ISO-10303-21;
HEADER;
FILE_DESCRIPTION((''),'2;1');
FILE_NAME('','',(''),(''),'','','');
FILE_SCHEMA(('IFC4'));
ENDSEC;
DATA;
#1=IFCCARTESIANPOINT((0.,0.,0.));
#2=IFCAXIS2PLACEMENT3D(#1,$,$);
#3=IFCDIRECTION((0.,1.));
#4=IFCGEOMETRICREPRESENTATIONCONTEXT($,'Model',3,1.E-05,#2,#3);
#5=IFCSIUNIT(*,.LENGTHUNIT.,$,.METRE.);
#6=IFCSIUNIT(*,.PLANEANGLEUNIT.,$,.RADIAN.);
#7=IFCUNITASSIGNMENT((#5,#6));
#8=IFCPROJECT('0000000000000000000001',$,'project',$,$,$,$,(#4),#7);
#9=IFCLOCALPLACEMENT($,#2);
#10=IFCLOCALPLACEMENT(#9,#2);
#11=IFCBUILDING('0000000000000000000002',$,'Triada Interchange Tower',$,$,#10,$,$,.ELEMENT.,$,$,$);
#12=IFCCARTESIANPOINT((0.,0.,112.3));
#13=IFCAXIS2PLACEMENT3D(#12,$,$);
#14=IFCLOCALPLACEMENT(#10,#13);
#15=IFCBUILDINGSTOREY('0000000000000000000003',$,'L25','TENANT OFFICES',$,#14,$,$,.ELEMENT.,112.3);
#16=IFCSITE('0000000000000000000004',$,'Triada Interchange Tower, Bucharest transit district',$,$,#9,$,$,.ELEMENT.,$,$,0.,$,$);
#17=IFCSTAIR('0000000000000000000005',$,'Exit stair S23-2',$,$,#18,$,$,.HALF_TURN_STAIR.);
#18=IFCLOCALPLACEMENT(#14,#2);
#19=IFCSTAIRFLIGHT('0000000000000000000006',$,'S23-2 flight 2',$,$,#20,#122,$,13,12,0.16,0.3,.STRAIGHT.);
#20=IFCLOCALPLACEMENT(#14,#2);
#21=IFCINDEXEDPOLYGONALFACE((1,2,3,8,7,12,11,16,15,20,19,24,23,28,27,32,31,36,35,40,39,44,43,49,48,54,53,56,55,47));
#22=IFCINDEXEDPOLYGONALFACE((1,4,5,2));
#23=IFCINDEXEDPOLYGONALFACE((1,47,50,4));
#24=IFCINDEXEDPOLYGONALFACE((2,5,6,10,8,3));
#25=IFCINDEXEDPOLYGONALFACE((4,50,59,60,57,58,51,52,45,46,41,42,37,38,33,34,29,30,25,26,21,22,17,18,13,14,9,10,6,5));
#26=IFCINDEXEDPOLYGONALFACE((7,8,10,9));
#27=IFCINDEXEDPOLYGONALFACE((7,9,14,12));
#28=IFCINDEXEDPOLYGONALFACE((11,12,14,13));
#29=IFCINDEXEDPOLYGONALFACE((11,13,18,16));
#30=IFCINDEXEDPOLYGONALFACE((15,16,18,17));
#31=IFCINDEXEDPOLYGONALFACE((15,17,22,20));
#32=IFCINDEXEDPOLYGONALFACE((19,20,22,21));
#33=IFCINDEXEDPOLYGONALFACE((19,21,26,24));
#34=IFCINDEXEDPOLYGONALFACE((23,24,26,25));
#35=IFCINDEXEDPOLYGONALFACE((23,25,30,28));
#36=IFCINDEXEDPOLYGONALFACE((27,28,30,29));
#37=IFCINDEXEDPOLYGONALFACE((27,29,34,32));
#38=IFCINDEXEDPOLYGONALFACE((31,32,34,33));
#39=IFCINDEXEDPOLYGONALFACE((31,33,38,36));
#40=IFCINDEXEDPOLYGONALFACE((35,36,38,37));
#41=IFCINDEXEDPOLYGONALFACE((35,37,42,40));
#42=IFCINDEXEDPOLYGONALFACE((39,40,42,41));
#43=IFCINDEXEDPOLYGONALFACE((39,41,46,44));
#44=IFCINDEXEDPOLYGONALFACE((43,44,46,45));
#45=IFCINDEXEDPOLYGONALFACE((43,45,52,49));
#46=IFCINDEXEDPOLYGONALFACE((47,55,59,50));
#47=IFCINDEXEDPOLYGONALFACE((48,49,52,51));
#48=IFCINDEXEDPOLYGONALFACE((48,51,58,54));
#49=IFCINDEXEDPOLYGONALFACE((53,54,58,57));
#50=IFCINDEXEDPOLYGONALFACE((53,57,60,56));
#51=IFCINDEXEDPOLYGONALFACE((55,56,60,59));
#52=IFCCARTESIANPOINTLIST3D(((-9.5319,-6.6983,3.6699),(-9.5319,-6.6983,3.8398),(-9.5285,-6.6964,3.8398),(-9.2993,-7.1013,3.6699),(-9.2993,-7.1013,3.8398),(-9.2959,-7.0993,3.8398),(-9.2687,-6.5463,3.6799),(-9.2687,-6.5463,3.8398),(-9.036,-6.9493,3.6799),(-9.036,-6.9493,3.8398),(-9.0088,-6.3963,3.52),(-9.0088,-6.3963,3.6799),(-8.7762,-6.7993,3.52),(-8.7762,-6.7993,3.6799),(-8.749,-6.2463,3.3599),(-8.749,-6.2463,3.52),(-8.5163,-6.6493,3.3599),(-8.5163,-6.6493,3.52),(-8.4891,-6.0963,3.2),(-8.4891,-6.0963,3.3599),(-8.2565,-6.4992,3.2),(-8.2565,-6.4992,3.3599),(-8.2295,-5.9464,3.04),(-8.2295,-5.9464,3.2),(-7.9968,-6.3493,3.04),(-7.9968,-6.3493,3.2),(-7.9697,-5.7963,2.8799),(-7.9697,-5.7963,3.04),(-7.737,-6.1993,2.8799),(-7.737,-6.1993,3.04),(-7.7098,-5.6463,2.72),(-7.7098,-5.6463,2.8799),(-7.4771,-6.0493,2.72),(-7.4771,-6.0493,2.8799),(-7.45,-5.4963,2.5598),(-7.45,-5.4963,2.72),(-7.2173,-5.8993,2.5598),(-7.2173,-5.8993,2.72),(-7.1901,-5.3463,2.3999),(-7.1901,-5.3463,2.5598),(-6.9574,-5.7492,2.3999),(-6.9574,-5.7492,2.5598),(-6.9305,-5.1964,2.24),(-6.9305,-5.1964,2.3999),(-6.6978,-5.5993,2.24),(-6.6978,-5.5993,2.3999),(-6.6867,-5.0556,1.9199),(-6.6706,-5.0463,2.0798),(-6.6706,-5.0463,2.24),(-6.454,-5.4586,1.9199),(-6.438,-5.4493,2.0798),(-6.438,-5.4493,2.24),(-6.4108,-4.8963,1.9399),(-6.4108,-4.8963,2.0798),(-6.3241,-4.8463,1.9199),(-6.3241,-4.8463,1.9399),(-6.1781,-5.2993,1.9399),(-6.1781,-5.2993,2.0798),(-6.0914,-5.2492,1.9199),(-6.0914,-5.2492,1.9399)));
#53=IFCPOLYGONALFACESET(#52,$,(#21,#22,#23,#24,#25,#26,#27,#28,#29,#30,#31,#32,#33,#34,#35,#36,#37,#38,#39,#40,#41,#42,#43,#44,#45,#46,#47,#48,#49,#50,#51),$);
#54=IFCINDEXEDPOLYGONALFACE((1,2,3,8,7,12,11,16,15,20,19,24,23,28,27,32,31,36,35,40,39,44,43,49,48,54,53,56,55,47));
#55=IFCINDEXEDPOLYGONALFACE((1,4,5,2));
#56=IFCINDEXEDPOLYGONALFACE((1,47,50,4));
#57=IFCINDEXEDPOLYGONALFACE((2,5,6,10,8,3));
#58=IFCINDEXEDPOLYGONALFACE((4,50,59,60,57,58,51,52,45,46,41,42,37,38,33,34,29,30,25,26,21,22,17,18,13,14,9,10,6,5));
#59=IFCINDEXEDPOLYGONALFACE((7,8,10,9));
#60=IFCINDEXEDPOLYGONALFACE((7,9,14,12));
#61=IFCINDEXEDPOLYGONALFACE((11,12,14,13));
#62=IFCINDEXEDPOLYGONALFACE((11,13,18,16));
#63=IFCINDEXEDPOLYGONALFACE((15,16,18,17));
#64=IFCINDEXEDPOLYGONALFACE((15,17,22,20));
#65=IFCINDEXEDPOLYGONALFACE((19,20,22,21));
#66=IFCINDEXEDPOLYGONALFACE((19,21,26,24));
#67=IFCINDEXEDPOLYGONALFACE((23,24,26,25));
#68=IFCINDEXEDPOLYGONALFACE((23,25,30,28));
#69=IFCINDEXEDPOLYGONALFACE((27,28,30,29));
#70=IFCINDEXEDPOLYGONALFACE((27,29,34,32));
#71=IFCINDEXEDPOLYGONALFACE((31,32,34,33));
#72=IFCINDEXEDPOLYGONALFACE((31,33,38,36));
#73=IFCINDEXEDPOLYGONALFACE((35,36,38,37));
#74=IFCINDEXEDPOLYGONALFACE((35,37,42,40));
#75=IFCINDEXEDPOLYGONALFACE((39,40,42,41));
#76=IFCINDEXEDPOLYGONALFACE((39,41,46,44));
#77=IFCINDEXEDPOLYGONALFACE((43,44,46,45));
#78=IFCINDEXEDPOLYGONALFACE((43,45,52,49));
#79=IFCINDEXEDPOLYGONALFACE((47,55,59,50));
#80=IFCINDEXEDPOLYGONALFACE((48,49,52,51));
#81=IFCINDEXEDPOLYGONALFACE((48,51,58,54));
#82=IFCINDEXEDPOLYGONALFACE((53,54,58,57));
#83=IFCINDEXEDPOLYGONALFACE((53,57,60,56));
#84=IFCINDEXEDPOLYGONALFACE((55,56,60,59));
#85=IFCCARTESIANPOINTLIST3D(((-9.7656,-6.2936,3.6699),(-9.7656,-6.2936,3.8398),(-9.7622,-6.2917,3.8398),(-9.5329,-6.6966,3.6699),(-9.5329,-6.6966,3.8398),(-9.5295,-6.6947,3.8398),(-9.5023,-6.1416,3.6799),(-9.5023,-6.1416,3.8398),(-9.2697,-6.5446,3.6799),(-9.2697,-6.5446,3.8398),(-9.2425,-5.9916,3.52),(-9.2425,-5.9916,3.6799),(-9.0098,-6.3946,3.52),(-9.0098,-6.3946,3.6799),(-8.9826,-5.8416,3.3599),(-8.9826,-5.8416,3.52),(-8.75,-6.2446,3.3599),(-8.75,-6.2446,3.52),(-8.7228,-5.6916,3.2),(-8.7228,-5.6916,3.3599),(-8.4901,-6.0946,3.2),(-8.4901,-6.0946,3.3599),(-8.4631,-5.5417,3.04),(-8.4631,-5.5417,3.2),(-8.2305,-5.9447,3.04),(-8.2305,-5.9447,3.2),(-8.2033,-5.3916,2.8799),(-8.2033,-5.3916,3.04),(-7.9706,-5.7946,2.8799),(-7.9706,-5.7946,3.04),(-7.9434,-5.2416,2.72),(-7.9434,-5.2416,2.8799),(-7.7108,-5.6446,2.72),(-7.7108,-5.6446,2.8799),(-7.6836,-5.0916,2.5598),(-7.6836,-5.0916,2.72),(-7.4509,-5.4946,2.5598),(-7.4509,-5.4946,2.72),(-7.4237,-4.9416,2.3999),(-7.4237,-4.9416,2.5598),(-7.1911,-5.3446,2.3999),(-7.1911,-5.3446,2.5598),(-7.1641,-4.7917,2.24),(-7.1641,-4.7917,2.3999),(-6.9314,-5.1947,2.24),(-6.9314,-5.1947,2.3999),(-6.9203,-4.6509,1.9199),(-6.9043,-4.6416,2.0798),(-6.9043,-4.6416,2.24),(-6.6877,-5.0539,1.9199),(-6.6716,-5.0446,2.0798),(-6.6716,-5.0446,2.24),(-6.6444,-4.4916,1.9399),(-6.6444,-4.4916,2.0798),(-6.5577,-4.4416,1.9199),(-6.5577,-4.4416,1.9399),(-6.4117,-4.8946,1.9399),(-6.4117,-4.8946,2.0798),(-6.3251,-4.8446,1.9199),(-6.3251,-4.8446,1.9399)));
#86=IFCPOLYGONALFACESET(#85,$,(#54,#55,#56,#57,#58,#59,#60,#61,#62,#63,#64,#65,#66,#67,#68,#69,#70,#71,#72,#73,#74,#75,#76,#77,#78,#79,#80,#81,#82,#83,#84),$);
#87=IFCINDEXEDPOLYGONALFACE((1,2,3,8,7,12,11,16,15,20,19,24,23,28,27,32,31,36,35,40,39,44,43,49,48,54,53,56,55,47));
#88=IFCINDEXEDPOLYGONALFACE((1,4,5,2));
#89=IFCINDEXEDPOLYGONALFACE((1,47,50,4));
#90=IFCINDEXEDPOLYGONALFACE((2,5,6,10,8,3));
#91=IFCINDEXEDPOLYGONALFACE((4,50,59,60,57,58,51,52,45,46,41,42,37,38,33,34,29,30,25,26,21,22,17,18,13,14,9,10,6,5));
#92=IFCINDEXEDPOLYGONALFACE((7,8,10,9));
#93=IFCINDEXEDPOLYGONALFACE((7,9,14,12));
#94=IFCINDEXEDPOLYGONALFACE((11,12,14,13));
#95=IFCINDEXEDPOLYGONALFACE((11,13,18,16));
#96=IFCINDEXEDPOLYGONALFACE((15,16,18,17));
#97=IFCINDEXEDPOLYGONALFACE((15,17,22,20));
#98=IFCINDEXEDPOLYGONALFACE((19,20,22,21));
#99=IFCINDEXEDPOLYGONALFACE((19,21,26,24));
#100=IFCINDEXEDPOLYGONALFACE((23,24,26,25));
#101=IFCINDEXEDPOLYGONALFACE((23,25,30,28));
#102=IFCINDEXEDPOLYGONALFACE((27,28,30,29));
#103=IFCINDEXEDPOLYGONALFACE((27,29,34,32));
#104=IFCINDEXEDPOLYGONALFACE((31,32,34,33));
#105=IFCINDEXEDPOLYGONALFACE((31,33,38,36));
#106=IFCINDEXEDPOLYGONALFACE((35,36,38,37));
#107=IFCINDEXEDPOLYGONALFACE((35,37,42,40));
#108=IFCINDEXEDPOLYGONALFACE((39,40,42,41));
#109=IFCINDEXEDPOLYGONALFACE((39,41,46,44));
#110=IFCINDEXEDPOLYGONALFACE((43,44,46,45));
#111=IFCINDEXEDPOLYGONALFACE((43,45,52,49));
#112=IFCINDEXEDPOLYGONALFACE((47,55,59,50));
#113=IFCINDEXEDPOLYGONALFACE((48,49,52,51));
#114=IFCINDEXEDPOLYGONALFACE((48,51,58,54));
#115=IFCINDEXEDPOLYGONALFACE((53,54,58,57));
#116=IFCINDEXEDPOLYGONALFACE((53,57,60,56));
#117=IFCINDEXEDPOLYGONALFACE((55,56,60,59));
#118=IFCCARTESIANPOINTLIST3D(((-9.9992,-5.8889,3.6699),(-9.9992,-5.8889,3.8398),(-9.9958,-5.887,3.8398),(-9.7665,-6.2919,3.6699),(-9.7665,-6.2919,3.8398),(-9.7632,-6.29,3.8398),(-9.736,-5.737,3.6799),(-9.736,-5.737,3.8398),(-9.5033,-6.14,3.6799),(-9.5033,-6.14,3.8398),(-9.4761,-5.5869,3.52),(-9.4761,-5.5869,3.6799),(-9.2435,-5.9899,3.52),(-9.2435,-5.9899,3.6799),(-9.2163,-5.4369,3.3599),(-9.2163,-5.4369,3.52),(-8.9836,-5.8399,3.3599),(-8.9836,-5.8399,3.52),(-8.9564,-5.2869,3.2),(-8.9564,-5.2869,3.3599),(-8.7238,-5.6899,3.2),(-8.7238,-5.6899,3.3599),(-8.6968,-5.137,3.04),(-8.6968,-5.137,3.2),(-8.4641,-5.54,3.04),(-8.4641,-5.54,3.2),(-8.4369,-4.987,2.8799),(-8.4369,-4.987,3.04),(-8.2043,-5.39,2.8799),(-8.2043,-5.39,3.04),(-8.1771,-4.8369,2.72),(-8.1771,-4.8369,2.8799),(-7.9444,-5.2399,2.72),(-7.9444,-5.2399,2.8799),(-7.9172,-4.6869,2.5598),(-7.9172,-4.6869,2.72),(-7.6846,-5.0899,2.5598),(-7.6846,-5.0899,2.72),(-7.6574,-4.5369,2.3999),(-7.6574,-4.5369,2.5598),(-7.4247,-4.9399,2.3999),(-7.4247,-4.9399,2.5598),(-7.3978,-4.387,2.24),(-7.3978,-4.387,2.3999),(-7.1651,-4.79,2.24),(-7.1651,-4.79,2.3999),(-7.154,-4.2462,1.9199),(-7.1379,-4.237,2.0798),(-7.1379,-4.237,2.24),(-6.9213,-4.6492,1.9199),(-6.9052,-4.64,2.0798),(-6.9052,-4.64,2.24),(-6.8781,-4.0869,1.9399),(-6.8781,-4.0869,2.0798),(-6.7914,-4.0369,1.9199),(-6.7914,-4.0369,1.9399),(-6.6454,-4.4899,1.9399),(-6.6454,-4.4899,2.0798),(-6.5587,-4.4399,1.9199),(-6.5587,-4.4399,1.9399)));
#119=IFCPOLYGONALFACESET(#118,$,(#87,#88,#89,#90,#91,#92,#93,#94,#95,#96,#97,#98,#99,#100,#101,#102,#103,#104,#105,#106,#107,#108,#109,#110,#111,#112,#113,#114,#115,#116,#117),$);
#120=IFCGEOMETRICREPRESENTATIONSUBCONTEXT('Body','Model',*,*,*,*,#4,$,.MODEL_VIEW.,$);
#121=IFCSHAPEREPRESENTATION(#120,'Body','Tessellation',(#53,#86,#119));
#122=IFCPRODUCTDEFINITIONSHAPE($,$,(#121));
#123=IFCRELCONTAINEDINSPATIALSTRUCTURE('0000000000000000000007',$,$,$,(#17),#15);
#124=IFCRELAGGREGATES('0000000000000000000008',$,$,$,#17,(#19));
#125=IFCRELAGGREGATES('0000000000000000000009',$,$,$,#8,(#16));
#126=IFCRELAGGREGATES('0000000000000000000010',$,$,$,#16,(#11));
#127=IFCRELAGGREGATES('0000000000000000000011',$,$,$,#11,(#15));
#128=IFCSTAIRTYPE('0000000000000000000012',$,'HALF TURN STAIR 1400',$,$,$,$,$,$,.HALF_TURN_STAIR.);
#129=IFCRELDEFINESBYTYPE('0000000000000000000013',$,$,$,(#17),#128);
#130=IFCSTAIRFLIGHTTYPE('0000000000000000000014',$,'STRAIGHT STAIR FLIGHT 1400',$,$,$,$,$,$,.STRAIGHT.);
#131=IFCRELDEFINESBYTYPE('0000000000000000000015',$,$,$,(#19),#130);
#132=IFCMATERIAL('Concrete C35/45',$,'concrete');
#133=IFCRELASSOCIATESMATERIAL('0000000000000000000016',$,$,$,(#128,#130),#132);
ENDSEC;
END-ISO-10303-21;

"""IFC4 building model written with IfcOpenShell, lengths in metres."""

from ifc_helpers import new_model, si_unit, direction, frame, origin, place, context, subcontext, project, spatial, polyline, outline, extrude, material, type_object, element, aggregate, save


model = new_model("IFC4")

# Units and contexts
model_context = context("Model", 3, precision=1e-05, world=origin(), true_north=direction((0.0, 1.0)))
body_context = subcontext(model_context, "Body", "Model", "MODEL_VIEW")
ifc_project = project(units=[si_unit("LENGTHUNIT", "METRE"), si_unit("PLANEANGLEUNIT", "RADIAN")], contexts=[model_context])

# Site, building, storey
site_placement = place(None, origin())
site = spatial("IfcSite", under=ifc_project, at=site_placement, Name="Triada Interchange Tower, Bucharest transit district", CompositionType="ELEMENT", RefElevation=0.0)
building_placement = place(site_placement, origin())
building = spatial("IfcBuilding", under=site, at=building_placement, Name="Triada Interchange Tower", CompositionType="ELEMENT")
storey_placement = place(building_placement, frame((0.0, 0.0, 112.3)))
storey = spatial("IfcBuildingStorey", under=building, at=storey_placement, Name="L25", Description="TENANT OFFICES", CompositionType="ELEMENT", Elevation=112.3)

# Stair, stair flight
ifc_material_1 = material(Name="Concrete C35/45", Category="concrete")
stair_type = type_object("IfcStairType", Name="HALF TURN STAIR 1400", PredefinedType="HALF_TURN_STAIR", material=ifc_material_1)
stair_placement = place(storey_placement, origin())
stair = element("IfcStair", 1, at=stair_placement, inside=storey, type_object=stair_type, Name="Exit stair S23-2", PredefinedType="HALF_TURN_STAIR")
stair_flight_type = type_object("IfcStairFlightType", Name="STRAIGHT STAIR FLIGHT 1400", PredefinedType="STRAIGHT", material=ifc_material_1)
stair_flight_1_placement = place(storey_placement, frame((-6.5281, -4.6931, 1.9199), z_axis=(0.0, 0.0, 1.0), x_axis=(-0.866025, -0.5, 0.0)))
stair_flight_1 = element("IfcStairFlight", 2, at=stair_flight_1_placement, type_object=stair_flight_type, Name="S23-2 flight 2", NumberOfRisers=13, NumberOfTreads=12, PredefinedType="STRAIGHT", RiserHeight=0.16, TreadLength=0.3, context=body_context, shape_type="SweptSolid", body=[
    extrude(outline(polyline([(-0.1001, 0.0), (-0.1001, 0.02), (0.0, 0.02), (0.0, 0.1599), (0.3, 0.1599), (0.3, 0.3201), (0.6001, 0.3201), (0.6001, 0.48), (0.8999, 0.48), (0.8999, 0.6399), (1.2, 0.6399), (1.2, 0.8), (1.5, 0.8), (1.5, 0.96), (1.8, 0.96), (1.8, 1.1201), (2.1001, 1.1201), (2.1001, 1.28), (2.3999, 1.28), (2.3999, 1.4399), (2.7, 1.4399), (2.7, 1.6001), (3.0, 1.6001), (3.0, 1.76), (3.3, 1.76), (3.3, 1.9199), (3.6001, 1.9199), (3.604, 1.9199), (3.604, 2.0801), (3.604, 1.75), (0.3186, 0.0), (-0.1001, 0.0)])), frame((0.0, 0.7, 0.0), z_axis=(0.0, -1.0, 0.0), x_axis=(1.0, 0.0, 0.0)), (0.0, 0.0, 1.0), 0.4653),
    extrude(outline(polyline([(-0.1001, 0.0), (-0.1001, 0.02), (0.0, 0.02), (0.0, 0.1599), (0.3, 0.1599), (0.3, 0.3201), (0.6001, 0.3201), (0.6001, 0.48), (0.8999, 0.48), (0.8999, 0.6399), (1.2, 0.6399), (1.2, 0.8), (1.5, 0.8), (1.5, 0.96), (1.8, 0.96), (1.8, 1.1201), (2.1001, 1.1201), (2.1001, 1.28), (2.3999, 1.28), (2.3999, 1.4399), (2.7, 1.4399), (2.7, 1.6001), (3.0, 1.6001), (3.0, 1.76), (3.3, 1.76), (3.3, 1.9199), (3.6001, 1.9199), (3.604, 1.9199), (3.604, 2.0801), (3.604, 1.75), (0.3186, 0.0), (-0.1001, 0.0)])), frame((0.0, 0.2327, 0.0), z_axis=(0.0, -1.0, 0.0), x_axis=(1.0, 0.0, 0.0)), (0.0, 0.0, 1.0), 0.4653),
    extrude(outline(polyline([(-0.1001, 0.0), (-0.1001, 0.02), (0.0, 0.02), (0.0, 0.1599), (0.3, 0.1599), (0.3, 0.3201), (0.6001, 0.3201), (0.6001, 0.48), (0.8999, 0.48), (0.8999, 0.6399), (1.2, 0.6399), (1.2, 0.8), (1.5, 0.8), (1.5, 0.96), (1.8, 0.96), (1.8, 1.1201), (2.1001, 1.1201), (2.1001, 1.28), (2.3999, 1.28), (2.3999, 1.4399), (2.7, 1.4399), (2.7, 1.6001), (3.0, 1.6001), (3.0, 1.76), (3.3, 1.76), (3.3, 1.9199), (3.6001, 1.9199), (3.604, 1.9199), (3.604, 2.0801), (3.604, 1.75), (0.3186, 0.0), (-0.1001, 0.0)])), frame((0.0, -0.2346, 0.0), z_axis=(0.0, -1.0, 0.0), x_axis=(1.0, 0.0, 0.0)), (0.0, 0.0, 1.0), 0.4653),
])
aggregate(stair, [stair_flight_1])

save(model, "model.ifc")
